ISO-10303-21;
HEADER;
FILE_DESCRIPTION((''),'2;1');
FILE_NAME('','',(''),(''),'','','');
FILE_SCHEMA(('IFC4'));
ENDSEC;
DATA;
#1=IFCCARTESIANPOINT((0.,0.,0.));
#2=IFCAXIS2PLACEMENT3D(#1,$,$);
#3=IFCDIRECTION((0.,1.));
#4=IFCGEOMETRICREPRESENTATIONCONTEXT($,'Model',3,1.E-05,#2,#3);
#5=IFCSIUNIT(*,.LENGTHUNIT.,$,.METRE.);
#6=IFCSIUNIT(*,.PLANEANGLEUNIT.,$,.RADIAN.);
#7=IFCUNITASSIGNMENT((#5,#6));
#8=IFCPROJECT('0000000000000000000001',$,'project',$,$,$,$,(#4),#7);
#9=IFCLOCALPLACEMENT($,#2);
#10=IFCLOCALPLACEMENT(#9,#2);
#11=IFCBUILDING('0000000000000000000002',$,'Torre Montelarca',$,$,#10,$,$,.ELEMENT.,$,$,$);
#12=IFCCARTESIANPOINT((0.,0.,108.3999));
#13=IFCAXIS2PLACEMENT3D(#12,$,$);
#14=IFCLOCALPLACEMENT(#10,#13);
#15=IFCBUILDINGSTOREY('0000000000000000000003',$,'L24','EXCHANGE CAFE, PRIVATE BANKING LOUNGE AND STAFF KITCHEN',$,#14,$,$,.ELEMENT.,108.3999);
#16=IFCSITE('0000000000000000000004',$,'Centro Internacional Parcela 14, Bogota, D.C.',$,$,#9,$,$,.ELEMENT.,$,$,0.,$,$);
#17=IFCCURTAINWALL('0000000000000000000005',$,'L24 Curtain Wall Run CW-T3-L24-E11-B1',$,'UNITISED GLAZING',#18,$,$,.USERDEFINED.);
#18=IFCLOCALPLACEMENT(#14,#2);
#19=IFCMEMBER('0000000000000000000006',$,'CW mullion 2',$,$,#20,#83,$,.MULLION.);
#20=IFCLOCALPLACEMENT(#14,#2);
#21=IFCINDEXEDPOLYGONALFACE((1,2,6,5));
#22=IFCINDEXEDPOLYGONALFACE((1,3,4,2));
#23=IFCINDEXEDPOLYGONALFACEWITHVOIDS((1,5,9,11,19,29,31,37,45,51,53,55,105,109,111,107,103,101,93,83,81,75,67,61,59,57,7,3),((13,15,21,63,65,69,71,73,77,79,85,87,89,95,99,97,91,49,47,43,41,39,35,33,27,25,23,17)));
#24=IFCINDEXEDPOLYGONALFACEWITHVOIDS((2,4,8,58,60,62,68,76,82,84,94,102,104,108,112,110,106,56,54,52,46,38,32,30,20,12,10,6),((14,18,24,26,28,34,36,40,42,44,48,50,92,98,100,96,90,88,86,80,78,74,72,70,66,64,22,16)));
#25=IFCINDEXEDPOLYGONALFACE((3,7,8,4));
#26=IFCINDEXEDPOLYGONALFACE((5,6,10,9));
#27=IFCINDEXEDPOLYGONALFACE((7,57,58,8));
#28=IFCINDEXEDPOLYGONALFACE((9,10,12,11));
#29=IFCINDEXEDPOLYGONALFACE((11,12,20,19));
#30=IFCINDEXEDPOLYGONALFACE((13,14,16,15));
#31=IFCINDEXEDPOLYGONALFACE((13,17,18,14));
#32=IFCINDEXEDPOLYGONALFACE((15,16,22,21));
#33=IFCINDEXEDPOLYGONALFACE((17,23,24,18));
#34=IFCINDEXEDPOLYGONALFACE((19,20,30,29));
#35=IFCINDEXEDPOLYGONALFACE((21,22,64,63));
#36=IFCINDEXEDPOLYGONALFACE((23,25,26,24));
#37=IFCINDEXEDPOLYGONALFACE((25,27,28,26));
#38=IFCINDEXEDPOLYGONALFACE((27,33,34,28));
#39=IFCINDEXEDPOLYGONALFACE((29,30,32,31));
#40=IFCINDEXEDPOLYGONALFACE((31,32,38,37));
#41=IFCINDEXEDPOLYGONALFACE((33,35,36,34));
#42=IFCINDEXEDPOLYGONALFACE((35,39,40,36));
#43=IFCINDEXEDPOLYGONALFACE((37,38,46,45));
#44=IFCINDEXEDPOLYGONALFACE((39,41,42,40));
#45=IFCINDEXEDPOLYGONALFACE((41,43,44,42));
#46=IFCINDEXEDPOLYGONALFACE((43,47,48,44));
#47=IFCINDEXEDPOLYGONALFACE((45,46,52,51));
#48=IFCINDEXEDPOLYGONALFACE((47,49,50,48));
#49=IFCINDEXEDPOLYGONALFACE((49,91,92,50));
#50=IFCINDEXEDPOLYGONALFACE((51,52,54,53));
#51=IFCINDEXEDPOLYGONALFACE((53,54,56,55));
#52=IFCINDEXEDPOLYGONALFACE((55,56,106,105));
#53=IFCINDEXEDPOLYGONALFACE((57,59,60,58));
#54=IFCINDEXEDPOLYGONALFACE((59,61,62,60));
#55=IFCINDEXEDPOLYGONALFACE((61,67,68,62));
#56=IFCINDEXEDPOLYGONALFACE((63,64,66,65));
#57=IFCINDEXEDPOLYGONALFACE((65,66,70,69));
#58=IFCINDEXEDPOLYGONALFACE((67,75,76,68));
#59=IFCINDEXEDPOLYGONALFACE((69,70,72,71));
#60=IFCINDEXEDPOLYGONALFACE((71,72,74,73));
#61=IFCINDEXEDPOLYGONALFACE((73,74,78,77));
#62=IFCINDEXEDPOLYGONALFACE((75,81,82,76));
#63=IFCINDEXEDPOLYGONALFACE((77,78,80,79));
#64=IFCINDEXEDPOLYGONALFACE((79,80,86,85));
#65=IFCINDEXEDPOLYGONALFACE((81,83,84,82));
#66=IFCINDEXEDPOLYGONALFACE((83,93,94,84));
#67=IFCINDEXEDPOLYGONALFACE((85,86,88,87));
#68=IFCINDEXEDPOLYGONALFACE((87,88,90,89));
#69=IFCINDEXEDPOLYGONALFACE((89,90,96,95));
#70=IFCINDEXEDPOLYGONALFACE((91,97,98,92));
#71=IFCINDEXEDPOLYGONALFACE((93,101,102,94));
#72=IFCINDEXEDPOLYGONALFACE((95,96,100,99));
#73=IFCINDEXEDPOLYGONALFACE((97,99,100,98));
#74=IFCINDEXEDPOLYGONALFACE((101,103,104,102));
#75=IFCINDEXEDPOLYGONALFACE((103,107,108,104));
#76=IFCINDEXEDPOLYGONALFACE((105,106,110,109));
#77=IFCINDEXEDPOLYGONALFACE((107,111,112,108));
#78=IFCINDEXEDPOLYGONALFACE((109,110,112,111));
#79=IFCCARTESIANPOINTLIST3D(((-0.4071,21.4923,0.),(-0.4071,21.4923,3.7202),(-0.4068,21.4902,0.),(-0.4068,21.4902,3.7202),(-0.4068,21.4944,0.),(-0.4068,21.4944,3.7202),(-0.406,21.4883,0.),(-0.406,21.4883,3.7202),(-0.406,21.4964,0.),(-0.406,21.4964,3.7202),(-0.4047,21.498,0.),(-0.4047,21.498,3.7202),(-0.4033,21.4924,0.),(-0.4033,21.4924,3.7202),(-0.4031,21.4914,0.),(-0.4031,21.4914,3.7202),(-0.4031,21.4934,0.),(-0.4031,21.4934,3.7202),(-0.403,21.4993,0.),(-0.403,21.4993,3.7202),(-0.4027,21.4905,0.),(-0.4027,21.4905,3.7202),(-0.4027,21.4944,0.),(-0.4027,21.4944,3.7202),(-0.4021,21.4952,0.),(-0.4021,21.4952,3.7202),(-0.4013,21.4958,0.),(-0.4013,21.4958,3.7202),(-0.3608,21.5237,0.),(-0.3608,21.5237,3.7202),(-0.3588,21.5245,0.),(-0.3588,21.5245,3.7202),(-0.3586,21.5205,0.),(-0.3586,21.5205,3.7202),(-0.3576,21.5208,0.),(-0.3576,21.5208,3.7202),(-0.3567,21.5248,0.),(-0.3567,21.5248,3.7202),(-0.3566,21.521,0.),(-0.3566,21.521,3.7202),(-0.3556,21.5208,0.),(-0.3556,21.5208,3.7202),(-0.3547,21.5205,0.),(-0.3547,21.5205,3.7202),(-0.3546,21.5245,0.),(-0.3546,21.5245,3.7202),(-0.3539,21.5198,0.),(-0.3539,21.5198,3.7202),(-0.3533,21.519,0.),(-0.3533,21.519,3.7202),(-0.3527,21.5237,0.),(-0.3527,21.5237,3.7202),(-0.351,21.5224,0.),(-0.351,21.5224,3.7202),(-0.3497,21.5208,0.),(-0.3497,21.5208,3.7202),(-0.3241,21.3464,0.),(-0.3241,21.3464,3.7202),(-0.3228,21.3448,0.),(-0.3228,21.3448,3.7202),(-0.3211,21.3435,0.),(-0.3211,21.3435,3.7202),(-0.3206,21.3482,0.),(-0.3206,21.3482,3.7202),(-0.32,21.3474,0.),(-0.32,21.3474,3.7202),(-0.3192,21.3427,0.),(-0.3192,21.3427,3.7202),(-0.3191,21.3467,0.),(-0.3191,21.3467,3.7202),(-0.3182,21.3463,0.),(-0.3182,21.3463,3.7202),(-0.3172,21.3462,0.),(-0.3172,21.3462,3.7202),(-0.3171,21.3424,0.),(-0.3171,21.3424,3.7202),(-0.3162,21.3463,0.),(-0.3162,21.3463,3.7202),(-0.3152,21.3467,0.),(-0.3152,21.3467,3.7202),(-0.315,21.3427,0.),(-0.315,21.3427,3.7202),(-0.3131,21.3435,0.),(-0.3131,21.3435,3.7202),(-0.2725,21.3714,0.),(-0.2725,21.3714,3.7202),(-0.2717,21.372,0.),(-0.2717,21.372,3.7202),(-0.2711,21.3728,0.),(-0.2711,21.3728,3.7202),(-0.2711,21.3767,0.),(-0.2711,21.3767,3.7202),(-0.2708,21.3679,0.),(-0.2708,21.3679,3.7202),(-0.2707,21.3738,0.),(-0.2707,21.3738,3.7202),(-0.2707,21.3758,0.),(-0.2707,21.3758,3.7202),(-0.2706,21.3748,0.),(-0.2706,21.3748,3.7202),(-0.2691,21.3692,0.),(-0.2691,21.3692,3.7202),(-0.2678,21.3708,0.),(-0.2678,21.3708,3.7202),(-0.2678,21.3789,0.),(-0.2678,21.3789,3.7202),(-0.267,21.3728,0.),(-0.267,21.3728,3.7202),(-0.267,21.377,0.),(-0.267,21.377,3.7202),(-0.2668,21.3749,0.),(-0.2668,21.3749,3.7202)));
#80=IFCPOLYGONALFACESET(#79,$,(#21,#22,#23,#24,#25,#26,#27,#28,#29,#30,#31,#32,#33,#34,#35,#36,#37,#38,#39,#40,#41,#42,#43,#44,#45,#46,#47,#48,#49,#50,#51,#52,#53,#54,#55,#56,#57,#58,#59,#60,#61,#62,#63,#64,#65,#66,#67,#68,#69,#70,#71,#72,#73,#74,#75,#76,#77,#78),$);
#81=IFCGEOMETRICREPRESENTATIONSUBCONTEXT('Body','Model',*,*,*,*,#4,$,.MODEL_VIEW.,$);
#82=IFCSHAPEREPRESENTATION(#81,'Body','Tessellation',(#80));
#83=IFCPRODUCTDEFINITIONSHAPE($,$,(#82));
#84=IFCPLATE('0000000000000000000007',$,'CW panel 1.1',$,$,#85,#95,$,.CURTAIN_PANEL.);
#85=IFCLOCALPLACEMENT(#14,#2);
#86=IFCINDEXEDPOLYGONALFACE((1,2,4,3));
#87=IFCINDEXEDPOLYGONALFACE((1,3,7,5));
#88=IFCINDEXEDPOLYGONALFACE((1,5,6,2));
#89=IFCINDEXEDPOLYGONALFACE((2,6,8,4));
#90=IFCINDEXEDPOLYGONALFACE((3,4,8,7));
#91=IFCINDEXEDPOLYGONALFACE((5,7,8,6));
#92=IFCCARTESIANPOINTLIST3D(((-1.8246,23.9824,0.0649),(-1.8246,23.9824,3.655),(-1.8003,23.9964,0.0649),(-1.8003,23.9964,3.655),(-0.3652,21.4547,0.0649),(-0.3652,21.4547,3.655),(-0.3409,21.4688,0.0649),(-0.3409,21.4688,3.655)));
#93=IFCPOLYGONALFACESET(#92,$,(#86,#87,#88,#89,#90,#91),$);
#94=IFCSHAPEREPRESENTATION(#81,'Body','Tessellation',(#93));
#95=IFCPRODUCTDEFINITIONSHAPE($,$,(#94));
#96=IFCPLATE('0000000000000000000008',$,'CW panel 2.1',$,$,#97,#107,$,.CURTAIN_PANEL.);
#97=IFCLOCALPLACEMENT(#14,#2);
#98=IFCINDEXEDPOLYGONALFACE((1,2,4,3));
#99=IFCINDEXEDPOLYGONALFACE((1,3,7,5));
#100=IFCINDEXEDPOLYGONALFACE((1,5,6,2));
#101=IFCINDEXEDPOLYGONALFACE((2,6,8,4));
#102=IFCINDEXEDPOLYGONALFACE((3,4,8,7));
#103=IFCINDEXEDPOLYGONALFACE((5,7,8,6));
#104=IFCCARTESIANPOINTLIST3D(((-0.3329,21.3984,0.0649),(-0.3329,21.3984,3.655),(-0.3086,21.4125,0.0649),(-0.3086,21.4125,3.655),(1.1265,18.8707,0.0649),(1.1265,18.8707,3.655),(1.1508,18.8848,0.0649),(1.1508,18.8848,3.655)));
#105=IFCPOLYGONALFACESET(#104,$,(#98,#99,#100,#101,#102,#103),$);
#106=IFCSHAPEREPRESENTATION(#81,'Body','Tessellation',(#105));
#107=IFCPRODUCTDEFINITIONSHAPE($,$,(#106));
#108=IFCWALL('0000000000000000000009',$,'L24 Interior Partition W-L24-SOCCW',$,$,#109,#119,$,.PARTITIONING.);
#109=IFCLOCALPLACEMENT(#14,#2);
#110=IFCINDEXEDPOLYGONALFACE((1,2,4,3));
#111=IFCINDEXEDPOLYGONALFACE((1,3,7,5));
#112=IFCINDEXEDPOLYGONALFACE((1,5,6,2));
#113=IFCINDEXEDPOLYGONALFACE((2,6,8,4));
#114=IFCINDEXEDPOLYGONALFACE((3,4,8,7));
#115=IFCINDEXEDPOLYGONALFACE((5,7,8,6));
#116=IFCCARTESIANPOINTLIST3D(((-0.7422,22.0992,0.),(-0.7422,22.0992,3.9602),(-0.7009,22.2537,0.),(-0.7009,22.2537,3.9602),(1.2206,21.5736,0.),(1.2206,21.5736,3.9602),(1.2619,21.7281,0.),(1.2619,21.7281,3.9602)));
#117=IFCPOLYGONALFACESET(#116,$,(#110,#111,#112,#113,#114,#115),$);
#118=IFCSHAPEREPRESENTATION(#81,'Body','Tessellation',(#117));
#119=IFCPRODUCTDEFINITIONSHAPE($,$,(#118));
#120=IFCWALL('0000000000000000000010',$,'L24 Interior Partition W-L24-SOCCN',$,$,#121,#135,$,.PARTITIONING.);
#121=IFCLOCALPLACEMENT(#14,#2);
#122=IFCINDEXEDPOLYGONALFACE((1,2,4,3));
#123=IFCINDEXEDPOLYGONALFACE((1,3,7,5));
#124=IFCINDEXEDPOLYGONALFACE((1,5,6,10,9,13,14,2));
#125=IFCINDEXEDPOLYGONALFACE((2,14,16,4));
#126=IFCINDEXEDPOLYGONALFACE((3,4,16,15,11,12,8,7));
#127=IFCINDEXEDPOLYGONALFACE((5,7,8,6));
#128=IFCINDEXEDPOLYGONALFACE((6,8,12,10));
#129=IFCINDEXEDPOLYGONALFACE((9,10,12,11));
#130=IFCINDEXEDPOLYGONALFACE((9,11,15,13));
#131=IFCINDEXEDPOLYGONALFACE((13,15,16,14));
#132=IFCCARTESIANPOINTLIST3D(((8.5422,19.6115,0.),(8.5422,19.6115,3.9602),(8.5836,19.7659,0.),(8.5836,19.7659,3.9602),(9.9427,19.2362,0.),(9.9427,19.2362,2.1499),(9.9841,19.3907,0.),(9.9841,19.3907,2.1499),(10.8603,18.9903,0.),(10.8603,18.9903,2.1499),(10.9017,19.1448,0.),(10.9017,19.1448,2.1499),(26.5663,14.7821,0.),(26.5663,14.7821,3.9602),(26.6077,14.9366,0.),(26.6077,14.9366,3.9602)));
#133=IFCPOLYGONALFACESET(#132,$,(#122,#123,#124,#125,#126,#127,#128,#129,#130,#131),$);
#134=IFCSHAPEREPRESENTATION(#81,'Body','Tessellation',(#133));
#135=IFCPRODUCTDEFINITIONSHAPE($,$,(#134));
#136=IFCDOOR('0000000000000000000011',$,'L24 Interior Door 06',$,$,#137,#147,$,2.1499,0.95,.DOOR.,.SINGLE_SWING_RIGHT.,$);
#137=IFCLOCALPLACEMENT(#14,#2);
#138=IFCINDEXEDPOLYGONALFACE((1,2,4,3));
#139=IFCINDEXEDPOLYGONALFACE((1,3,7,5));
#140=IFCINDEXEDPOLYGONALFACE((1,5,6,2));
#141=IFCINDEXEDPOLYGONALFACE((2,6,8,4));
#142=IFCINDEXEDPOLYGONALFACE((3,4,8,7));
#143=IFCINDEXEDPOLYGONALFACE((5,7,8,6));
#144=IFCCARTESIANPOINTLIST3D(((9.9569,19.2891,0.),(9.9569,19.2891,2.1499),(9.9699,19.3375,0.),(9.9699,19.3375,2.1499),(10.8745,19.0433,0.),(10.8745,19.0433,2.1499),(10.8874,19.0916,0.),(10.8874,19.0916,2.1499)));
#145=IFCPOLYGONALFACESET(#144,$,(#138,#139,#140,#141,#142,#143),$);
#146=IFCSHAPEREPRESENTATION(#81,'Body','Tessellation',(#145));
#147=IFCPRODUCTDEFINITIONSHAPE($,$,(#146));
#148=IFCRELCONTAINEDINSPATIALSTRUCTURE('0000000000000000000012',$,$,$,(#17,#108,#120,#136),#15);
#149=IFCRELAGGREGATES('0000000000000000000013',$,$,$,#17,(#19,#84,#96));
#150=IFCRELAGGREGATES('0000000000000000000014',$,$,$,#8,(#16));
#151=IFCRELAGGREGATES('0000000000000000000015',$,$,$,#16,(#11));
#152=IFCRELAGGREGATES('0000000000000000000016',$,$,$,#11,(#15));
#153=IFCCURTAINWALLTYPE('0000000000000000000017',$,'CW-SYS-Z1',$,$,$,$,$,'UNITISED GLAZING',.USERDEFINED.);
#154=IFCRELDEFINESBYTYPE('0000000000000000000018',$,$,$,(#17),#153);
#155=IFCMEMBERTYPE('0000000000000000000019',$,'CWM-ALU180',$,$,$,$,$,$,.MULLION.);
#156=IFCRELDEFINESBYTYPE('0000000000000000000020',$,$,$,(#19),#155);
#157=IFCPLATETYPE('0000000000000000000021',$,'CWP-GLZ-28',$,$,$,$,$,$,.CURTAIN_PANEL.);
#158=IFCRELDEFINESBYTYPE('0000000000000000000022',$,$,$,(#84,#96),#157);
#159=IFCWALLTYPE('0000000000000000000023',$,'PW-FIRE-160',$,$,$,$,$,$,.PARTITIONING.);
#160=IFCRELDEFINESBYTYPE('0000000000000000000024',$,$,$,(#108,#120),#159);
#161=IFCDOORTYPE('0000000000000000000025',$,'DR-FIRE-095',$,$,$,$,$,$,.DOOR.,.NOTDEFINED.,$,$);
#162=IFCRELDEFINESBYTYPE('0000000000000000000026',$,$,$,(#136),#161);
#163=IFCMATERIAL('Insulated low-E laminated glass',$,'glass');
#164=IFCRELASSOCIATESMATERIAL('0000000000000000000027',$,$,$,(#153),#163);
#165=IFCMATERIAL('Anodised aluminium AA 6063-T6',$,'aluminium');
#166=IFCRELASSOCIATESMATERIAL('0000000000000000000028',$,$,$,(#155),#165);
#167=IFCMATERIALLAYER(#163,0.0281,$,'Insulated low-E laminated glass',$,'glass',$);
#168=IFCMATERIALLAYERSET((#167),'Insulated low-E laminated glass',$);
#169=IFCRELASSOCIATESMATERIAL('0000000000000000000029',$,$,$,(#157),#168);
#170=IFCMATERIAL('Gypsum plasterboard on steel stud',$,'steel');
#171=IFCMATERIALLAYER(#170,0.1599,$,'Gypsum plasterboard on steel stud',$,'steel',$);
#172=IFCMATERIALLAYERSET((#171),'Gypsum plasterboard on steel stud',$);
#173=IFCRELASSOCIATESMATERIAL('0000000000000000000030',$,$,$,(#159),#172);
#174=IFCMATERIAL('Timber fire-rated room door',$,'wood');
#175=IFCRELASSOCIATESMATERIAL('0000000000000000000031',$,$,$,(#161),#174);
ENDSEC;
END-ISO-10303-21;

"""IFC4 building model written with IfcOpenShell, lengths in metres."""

from ifc_helpers import new_model, si_unit, direction, frame, frame_2d, origin, origin_2d, place, context, subcontext, project, spatial, rectangle, hollow_rectangle, extrude, source, transform, mapped, material, layer, layer_set, material_profile, profile_set, type_object, element, fill, aggregate, save


model = new_model("IFC4")

# Units and contexts
model_context = context("Model", 3, precision=1e-05, world=origin(), true_north=direction((0.0, 1.0)))
body_context = subcontext(model_context, "Body", "Model", "MODEL_VIEW")
ifc_project = project(units=[si_unit("LENGTHUNIT", "METRE"), si_unit("PLANEANGLEUNIT", "RADIAN")], contexts=[model_context])

# Site, building, storey
site_placement = place(None, origin())
site = spatial("IfcSite", under=ifc_project, at=site_placement, Name="Centro Internacional Parcela 14, Bogota, D.C.", CompositionType="ELEMENT", RefElevation=0.0)
building_placement = place(site_placement, origin())
building = spatial("IfcBuilding", under=site, at=building_placement, Name="Torre Montelarca", CompositionType="ELEMENT")
storey_placement = place(building_placement, frame((0.0, 0.0, 108.3999)))
storey = spatial("IfcBuildingStorey", under=building, at=storey_placement, Name="L24", Description="EXCHANGE CAFE, PRIVATE BANKING LOUNGE AND STAFF KITCHEN", CompositionType="ELEMENT", Elevation=108.3999)

# Curtain wall
ifc_material_1 = material(Name="Insulated low-E laminated glass", Category="glass")
curtain_wall_type = type_object("IfcCurtainWallType", Name="CW-SYS-Z1", ElementType="UNITISED GLAZING", PredefinedType="USERDEFINED", material=ifc_material_1)
curtain_wall_1_placement = place(storey_placement, origin())
curtain_wall_1 = element("IfcCurtainWall", 1, at=curtain_wall_1_placement, inside=storey, type_object=curtain_wall_type, Name="L24 Curtain Wall Run CW-T3-L24-E11-B1", ObjectType="UNITISED GLAZING", PredefinedType="USERDEFINED")
ifc_material_2 = material(Name="Anodised aluminium AA 6063-T6", Category="aluminium")

# Shared definitions
ifc_material_profile_1 = material_profile(ifc_material_2, hollow_rectangle(XDim=0.0649, YDim=0.1799, WallThickness=0.0039, InnerFilletRadius=0.0039, OuterFilletRadius=0.0081, at=origin_2d()), Name="ALU65X180X4", Category="aluminium")
ifc_profile_set_1 = profile_set([ifc_material_profile_1], Name="Anodised aluminium AA 6063-T6")
member_type_1 = type_object("IfcMemberType", Name="CWM-ALU180", PredefinedType="MULLION", material=ifc_profile_set_1)
shared_shape_1 = source(origin(), body_context, "Body", "SweptSolid", [
    extrude(hollow_rectangle(XDim=0.0649, YDim=0.1799, WallThickness=0.0039, InnerFilletRadius=0.0039, OuterFilletRadius=0.0081, at=origin_2d()), origin(), (0.0, 0.0, 1.0), 3.7202),
])

# Member
member_1_placement = place(storey_placement, frame((-0.3369, 21.4336, 0.0), z_axis=(0.0, 0.0, 1.0), x_axis=(0.866025, 0.500001, 0.0)))
member_1 = element("IfcMember", 2, at=member_1_placement, type_object=member_type_1, Name="CW mullion 2", PredefinedType="MULLION", context=body_context, shape_type="MappedRepresentation", body=[
    mapped(shared_shape_1, transform((0.0, 0.0, 0.0), scale=1.0)),
])

# Plates
ifc_layer_1 = layer(ifc_material_1, 0.0281, Name="Insulated low-E laminated glass", Category="glass")
ifc_layer_set_1 = layer_set([ifc_layer_1], Name="Insulated low-E laminated glass")
plate_type = type_object("IfcPlateType", Name="CWP-GLZ-28", PredefinedType="CURTAIN_PANEL", material=ifc_layer_set_1)
shared_shape_2 = source(origin(), body_context, "Body", "SweptSolid", [
    extrude(rectangle(XDim=2.9187, YDim=0.0281, at=origin_2d()), origin(), (0.0, 0.0, 1.0), 3.5901),
])
plate_1_placement = place(storey_placement, frame((-1.0828, 22.7256, 0.0649), z_axis=(0.0, 0.0, 1.0), x_axis=(0.500001, -0.866025, 0.0)))
plate_1 = element("IfcPlate", 3, at=plate_1_placement, type_object=plate_type, Name="CW panel 1.1", PredefinedType="CURTAIN_PANEL", context=body_context, shape_type="MappedRepresentation", body=[
    mapped(shared_shape_2, transform((0.0, 0.0, 0.0), scale=1.0)),
])
plate_2_placement = place(storey_placement, frame((0.4089, 20.1416, 0.0649), z_axis=(0.0, 0.0, 1.0), x_axis=(0.500001, -0.866025, 0.0)))
plate_2 = element("IfcPlate", 4, at=plate_2_placement, type_object=plate_type, Name="CW panel 2.1", PredefinedType="CURTAIN_PANEL", context=body_context, shape_type="MappedRepresentation", body=[
    mapped(shared_shape_2, transform((0.0, 0.0, 0.0), scale=1.0)),
])
aggregate(curtain_wall_1, [member_1, plate_1, plate_2])

# Wall
ifc_material_3 = material(Name="Gypsum plasterboard on steel stud", Category="steel")
ifc_layer_2 = layer(ifc_material_3, 0.1599, Name="Gypsum plasterboard on steel stud", Category="steel")
ifc_layer_set_2 = layer_set([ifc_layer_2], Name="Gypsum plasterboard on steel stud")
wall_type_1 = type_object("IfcWallType", Name="PW-FIRE-160", PredefinedType="PARTITIONING", material=ifc_layer_set_2)
wall_1_placement = place(storey_placement, frame((-0.7217, 22.1765, 0.0), z_axis=(0.0, 0.0, 1.0), x_axis=(0.965965, -0.258672, 0.0)))
element("IfcWall", 5, at=wall_1_placement, inside=storey, type_object=wall_type_1, Name="L24 Interior Partition W-L24-SOCCW", PredefinedType="PARTITIONING", context=body_context, shape_type="SweptSolid", body=[
    extrude(rectangle(XDim=2.032, YDim=0.1599, at=frame_2d((1.0161, 0.0))), origin(), (0.0, 0.0, 1.0), 3.9602),
])

# Wall, opening, door
wall_2_placement = place(storey_placement, frame((8.5627, 19.6887, 0.0), z_axis=(0.0, 0.0, 1.0), x_axis=(0.965929, -0.258808, 0.0)))
wall_2 = element("IfcWall", 6, at=wall_2_placement, inside=storey, type_object=wall_type_1, Name="L24 Interior Partition W-L24-SOCCN", PredefinedType="PARTITIONING", context=body_context, shape_type="SweptSolid", body=[
    extrude(rectangle(XDim=18.6599, YDim=0.1599, at=frame_2d((9.3301, 0.0))), origin(), (0.0, 0.0, 1.0), 3.9602),
])
opening_1_placement = place(wall_2_placement, frame((1.45, 0.0, 0.0)))
opening_1 = element("IfcOpeningElement", 7, at=opening_1_placement, cuts=wall_2, PredefinedType="OPENING", context=body_context, shape_type="SweptSolid", body=[
    extrude(rectangle(XDim=0.95, YDim=2.1499, at=frame_2d((0.4751, 1.075))), frame((0.0, 0.0898, 0.0), z_axis=(0.0, -1.0, 0.0), x_axis=(1.0, 0.0, 0.0)), (0.0, 0.0, 1.0), 0.1799),
])
ifc_material_4 = material(Name="Timber fire-rated room door", Category="wood")
door_type_1 = type_object("IfcDoorType", Name="DR-FIRE-095", OperationType="NOTDEFINED", PredefinedType="DOOR", material=ifc_material_4)
shared_shape_3 = source(origin(), body_context, "Body", "SweptSolid", [
    extrude(rectangle(XDim=0.95, YDim=2.1499, at=frame_2d((0.4751, 1.075))), frame((0.0, 0.0249, 0.0), z_axis=(0.0, -1.0, 0.0), x_axis=(1.0, 0.0, 0.0)), (0.0, 0.0, 1.0), 0.05),
])
door_1_placement = place(opening_1_placement, origin())
door_1 = element("IfcDoor", 8, at=door_1_placement, inside=storey, type_object=door_type_1, Name="L24 Interior Door 06", OperationType="SINGLE_SWING_RIGHT", OverallHeight=2.1499, OverallWidth=0.95, PredefinedType="DOOR", context=body_context, shape_type="MappedRepresentation", body=[
    mapped(shared_shape_3, transform((0.0, 0.0, 0.0), scale=1.0)),
])
fill(opening_1, door_1)

save(model, "model.ifc")
